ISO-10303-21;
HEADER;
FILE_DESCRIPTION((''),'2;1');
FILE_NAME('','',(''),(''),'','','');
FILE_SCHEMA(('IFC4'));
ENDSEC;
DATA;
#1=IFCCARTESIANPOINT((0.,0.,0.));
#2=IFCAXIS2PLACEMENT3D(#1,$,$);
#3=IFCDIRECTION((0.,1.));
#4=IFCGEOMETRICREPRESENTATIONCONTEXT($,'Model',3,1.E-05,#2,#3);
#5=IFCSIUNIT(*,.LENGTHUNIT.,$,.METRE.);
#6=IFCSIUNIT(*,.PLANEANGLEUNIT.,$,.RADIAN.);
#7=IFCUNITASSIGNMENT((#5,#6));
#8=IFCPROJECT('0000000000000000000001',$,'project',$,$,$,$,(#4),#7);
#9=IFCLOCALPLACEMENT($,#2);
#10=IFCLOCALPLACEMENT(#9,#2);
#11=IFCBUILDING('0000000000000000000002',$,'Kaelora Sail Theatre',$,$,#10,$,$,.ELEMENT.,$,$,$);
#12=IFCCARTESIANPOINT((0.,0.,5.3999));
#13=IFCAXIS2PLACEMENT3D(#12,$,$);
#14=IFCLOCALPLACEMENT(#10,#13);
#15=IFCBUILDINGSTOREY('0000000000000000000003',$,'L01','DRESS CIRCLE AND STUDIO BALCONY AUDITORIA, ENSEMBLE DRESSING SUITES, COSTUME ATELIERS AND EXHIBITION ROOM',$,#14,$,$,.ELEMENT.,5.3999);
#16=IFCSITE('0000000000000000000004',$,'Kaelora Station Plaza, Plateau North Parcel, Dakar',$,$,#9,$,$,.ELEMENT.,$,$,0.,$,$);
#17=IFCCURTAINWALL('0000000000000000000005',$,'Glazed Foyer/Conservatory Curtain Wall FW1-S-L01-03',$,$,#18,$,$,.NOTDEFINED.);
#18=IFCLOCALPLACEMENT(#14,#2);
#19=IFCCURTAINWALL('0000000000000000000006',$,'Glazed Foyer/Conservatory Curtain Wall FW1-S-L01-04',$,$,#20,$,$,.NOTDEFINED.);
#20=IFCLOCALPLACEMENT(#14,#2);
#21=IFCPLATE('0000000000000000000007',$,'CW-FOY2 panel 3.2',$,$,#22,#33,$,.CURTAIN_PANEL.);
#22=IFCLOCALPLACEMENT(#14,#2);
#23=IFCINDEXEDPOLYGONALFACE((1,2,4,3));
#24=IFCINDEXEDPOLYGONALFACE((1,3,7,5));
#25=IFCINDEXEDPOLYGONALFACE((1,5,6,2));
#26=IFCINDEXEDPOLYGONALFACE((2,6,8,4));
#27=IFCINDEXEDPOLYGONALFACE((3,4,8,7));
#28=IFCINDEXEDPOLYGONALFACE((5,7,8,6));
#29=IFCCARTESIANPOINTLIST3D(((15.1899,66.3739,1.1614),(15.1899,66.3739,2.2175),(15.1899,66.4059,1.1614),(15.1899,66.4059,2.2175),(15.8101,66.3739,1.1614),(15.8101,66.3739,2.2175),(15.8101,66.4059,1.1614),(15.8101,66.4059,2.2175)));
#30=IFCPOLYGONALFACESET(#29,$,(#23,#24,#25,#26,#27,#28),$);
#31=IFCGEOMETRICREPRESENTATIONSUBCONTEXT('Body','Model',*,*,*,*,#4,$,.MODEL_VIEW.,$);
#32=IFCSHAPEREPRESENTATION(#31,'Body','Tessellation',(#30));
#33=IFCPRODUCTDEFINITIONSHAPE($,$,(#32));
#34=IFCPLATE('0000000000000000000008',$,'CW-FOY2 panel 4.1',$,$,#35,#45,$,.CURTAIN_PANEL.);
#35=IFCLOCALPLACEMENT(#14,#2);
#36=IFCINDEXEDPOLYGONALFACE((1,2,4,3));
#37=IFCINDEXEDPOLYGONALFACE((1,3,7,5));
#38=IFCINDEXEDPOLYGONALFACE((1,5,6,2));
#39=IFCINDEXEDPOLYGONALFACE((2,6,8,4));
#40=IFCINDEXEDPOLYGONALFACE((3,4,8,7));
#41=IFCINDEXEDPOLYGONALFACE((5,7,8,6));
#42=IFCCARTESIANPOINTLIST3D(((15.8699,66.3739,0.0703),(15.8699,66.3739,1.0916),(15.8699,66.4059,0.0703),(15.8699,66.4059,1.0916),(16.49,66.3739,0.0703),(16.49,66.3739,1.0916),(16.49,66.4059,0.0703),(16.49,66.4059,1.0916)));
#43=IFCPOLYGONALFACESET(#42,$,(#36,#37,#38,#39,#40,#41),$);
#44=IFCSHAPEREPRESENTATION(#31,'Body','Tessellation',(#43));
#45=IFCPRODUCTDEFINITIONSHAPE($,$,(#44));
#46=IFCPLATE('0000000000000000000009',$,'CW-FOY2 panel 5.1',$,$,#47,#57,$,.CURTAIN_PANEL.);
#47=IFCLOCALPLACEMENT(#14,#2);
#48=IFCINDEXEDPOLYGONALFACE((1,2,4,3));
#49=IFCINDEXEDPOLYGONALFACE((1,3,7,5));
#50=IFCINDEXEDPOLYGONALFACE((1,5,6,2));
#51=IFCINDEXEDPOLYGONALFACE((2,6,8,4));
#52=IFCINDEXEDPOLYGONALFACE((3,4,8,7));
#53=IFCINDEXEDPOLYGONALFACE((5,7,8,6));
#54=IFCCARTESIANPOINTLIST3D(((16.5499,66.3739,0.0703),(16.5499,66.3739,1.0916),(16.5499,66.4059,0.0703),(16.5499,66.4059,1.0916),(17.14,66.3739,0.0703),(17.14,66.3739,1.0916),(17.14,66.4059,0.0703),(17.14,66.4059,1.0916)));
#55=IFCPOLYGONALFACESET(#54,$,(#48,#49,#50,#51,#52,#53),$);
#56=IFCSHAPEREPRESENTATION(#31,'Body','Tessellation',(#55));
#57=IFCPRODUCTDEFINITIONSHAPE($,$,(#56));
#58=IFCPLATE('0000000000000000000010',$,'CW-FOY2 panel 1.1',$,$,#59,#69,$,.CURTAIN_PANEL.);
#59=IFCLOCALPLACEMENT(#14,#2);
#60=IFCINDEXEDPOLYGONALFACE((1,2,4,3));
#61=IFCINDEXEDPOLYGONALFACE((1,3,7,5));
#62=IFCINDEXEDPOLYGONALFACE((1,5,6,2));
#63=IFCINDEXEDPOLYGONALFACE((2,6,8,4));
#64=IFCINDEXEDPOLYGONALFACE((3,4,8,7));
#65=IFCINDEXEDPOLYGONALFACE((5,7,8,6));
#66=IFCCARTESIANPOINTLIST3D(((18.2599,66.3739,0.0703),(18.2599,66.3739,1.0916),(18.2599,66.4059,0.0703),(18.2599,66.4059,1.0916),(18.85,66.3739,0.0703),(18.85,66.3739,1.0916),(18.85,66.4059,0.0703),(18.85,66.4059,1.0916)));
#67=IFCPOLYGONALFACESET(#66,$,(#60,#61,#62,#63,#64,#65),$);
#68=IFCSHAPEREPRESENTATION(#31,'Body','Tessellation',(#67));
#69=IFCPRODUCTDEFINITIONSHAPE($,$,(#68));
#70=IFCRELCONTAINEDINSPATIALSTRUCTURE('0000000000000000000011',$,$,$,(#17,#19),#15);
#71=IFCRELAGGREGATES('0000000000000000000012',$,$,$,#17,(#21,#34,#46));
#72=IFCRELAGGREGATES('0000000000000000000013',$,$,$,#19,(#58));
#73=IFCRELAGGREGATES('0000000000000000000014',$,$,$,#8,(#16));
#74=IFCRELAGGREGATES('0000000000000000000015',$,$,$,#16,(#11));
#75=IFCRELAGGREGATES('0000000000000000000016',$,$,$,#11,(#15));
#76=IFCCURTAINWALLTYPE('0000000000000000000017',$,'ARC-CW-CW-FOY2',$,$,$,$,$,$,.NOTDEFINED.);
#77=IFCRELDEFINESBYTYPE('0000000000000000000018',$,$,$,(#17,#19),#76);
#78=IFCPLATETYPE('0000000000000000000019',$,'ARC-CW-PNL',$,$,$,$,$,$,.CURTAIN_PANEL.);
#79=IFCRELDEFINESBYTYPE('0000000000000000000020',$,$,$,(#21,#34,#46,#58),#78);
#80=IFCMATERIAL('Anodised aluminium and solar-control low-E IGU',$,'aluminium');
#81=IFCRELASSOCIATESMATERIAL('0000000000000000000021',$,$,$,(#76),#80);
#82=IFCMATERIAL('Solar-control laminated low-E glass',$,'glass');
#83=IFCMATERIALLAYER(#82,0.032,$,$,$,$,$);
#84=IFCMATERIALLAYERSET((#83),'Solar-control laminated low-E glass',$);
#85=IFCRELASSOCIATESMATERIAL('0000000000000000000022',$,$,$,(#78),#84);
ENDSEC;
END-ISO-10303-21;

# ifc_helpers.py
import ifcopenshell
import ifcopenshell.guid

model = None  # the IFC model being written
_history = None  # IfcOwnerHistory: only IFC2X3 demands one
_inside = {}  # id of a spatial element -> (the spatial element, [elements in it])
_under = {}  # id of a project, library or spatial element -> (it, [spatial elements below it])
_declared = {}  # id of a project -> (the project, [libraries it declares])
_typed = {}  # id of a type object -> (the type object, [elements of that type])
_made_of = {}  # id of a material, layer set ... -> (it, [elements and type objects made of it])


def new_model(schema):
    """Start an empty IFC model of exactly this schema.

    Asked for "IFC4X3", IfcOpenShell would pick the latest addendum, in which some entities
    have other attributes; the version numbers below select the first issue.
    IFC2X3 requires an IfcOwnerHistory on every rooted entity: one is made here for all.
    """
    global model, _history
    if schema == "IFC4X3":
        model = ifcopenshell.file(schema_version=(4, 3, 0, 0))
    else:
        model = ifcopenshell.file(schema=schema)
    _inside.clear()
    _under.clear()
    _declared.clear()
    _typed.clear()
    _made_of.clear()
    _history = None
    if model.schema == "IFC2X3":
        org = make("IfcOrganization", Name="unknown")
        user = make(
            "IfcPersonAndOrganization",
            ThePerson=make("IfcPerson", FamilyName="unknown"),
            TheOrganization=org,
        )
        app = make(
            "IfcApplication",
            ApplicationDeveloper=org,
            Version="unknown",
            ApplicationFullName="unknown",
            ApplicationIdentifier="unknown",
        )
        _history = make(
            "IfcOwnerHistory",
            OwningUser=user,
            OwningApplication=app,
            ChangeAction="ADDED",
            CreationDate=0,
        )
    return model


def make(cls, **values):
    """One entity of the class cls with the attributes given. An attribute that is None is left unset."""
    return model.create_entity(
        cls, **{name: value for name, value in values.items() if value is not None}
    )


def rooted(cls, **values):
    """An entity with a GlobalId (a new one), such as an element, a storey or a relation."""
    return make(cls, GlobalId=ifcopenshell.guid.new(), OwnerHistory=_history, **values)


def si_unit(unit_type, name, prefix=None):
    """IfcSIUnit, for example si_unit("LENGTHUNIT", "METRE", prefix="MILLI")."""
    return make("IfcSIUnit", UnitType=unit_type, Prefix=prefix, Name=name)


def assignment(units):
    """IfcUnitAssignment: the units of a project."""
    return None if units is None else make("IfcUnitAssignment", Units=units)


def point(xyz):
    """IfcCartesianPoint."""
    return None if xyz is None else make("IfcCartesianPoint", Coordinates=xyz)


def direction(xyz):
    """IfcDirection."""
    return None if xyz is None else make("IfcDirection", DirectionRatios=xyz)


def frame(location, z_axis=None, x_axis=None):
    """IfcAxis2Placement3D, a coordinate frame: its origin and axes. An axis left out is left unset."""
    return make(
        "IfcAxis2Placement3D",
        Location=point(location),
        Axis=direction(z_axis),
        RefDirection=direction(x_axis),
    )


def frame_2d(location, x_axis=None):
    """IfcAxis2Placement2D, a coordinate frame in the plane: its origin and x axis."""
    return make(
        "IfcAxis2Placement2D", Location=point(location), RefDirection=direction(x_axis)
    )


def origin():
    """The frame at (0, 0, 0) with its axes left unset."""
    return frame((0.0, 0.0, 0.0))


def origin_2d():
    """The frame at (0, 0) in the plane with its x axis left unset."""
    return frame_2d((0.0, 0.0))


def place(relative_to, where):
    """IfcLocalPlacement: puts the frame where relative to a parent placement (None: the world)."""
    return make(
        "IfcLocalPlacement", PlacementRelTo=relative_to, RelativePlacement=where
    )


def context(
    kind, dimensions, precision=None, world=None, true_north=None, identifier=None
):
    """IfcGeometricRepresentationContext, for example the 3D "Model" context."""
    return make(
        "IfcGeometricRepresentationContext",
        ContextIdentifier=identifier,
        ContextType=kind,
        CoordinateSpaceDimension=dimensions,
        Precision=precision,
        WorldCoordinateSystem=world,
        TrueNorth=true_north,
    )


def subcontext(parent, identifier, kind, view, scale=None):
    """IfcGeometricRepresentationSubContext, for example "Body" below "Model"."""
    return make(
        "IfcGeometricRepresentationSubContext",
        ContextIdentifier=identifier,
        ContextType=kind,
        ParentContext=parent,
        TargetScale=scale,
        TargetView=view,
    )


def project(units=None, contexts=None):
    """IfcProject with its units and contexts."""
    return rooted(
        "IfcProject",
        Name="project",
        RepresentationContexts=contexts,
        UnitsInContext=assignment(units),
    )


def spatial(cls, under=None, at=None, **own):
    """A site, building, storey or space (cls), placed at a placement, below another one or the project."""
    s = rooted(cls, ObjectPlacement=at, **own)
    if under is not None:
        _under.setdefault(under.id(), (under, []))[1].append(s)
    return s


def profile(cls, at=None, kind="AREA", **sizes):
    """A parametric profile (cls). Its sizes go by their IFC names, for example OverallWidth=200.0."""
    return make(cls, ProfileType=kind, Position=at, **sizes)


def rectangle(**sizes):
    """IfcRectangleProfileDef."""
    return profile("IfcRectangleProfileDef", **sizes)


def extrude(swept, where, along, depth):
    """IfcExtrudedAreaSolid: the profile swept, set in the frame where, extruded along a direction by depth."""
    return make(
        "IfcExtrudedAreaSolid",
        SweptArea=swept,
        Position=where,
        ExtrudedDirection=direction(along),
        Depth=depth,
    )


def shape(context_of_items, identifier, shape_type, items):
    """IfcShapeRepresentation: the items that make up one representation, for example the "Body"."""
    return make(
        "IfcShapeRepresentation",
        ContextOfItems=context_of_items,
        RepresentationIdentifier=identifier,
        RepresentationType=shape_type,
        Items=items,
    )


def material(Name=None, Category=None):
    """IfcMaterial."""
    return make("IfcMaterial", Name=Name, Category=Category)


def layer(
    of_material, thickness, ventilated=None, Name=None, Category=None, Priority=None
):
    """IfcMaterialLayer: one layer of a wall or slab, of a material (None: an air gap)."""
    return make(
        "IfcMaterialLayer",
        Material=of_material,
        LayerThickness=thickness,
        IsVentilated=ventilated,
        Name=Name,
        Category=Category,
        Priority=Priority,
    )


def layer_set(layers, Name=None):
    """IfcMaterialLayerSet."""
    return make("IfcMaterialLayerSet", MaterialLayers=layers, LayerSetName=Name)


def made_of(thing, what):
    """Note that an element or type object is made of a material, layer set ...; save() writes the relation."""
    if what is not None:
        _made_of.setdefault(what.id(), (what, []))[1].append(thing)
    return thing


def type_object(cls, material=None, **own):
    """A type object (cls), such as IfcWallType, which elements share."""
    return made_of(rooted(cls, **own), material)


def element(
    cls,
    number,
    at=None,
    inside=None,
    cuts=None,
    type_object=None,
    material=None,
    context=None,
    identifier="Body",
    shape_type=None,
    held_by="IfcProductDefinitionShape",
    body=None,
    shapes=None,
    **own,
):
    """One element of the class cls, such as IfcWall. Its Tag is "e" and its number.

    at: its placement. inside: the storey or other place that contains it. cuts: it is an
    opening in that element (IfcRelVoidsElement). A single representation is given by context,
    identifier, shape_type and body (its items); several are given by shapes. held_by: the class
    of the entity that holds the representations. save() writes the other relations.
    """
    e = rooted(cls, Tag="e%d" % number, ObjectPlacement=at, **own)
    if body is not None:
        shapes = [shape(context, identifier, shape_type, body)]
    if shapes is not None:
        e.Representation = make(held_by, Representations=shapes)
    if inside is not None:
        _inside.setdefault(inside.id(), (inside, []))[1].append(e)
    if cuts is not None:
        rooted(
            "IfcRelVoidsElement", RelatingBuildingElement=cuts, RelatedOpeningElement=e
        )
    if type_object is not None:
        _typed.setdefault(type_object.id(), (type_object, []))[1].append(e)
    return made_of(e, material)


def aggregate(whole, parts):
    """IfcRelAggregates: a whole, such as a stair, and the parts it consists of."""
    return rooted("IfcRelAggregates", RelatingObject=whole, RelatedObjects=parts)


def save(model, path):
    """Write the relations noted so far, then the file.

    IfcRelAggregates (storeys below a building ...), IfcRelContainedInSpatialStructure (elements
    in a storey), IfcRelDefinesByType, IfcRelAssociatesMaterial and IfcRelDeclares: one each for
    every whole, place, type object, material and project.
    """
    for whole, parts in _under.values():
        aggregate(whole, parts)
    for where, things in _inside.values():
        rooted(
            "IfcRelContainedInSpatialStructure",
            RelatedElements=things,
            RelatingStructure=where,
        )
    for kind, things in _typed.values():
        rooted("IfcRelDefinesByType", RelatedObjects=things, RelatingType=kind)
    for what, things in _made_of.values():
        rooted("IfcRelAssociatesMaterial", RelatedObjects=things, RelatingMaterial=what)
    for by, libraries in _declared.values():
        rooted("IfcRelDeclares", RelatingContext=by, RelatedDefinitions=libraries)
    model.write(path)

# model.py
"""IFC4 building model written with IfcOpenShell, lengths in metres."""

from ifc_helpers import new_model, si_unit, direction, frame, origin, origin_2d, place, context, subcontext, project, spatial, rectangle, extrude, material, layer, layer_set, type_object, element, aggregate, save


model = new_model("IFC4")

# Units and contexts
model_context = context("Model", 3, precision=1e-05, world=origin(), true_north=direction((0.0, 1.0)))
body_context = subcontext(model_context, "Body", "Model", "MODEL_VIEW")
ifc_project = project(units=[si_unit("LENGTHUNIT", "METRE"), si_unit("PLANEANGLEUNIT", "RADIAN")], contexts=[model_context])

# Site, building, storey
site_placement = place(None, origin())
site = spatial("IfcSite", under=ifc_project, at=site_placement, Name="Kaelora Station Plaza, Plateau North Parcel, Dakar", CompositionType="ELEMENT", RefElevation=0.0)
building_placement = place(site_placement, origin())
building = spatial("IfcBuilding", under=site, at=building_placement, Name="Kaelora Sail Theatre", CompositionType="ELEMENT")
storey_placement = place(building_placement, frame((0.0, 0.0, 5.3999)))
storey = spatial("IfcBuildingStorey", under=building, at=storey_placement, Name="L01", Description="DRESS CIRCLE AND STUDIO BALCONY AUDITORIA, ENSEMBLE DRESSING SUITES, COSTUME ATELIERS AND EXHIBITION ROOM", CompositionType="ELEMENT", Elevation=5.3999)

# Curtain walls
ifc_material_1 = material(Name="Anodised aluminium and solar-control low-E IGU", Category="aluminium")
curtain_wall_type = type_object("IfcCurtainWallType", Name="ARC-CW-CW-FOY2", PredefinedType="NOTDEFINED", material=ifc_material_1)
curtain_wall_1_placement = place(storey_placement, origin())
curtain_wall_1 = element("IfcCurtainWall", 1, at=curtain_wall_1_placement, inside=storey, type_object=curtain_wall_type, Name="Glazed Foyer/Conservatory Curtain Wall FW1-S-L01-03", PredefinedType="NOTDEFINED")
curtain_wall_2_placement = place(storey_placement, origin())
curtain_wall_2 = element("IfcCurtainWall", 2, at=curtain_wall_2_placement, inside=storey, type_object=curtain_wall_type, Name="Glazed Foyer/Conservatory Curtain Wall FW1-S-L01-04", PredefinedType="NOTDEFINED")

# Plates
ifc_material_2 = material(Name="Solar-control laminated low-E glass", Category="glass")
ifc_layer = layer(ifc_material_2, 0.032)
ifc_layer_set = layer_set([ifc_layer], Name="Solar-control laminated low-E glass")
plate_type = type_object("IfcPlateType", Name="ARC-CW-PNL", PredefinedType="CURTAIN_PANEL", material=ifc_layer_set)
plate_1_placement = place(storey_placement, frame((15.5, 66.3899, 1.1614), z_axis=(0.0, 0.0, 1.0), x_axis=(1.0, 0.0, 0.0)))
plate_1 = element("IfcPlate", 3, at=plate_1_placement, type_object=plate_type, Name="CW-FOY2 panel 3.2", PredefinedType="CURTAIN_PANEL", context=body_context, shape_type="SweptSolid", body=[
    extrude(rectangle(XDim=0.6201, YDim=0.032, at=origin_2d()), origin(), (0.0, 0.0, 1.0), 1.0562),
])
plate_2_placement = place(storey_placement, frame((16.1799, 66.3899, 0.0703), z_axis=(0.0, 0.0, 1.0), x_axis=(1.0, 0.0, 0.0)))
plate_2 = element("IfcPlate", 4, at=plate_2_placement, type_object=plate_type, Name="CW-FOY2 panel 4.1", PredefinedType="CURTAIN_PANEL", context=body_context, shape_type="SweptSolid", body=[
    extrude(rectangle(XDim=0.6201, YDim=0.032, at=origin_2d()), origin(), (0.0, 0.0, 1.0), 1.0212),
])
plate_3_placement = place(storey_placement, frame((16.845, 66.3899, 0.0703), z_axis=(0.0, 0.0, 1.0), x_axis=(1.0, 0.0, 0.0)))
plate_3 = element("IfcPlate", 5, at=plate_3_placement, type_object=plate_type, Name="CW-FOY2 panel 5.1", PredefinedType="CURTAIN_PANEL", context=body_context, shape_type="SweptSolid", body=[
    extrude(rectangle(XDim=0.5901, YDim=0.032, at=origin_2d()), origin(), (0.0, 0.0, 1.0), 1.0212),
])
aggregate(curtain_wall_1, [plate_1, plate_2, plate_3])
plate_4_placement = place(storey_placement, frame((18.5549, 66.3899, 0.0703), z_axis=(0.0, 0.0, 1.0), x_axis=(1.0, 0.0, 0.0)))
plate_4 = element("IfcPlate", 6, at=plate_4_placement, type_object=plate_type, Name="CW-FOY2 panel 1.1", PredefinedType="CURTAIN_PANEL", context=body_context, shape_type="SweptSolid", body=[
    extrude(rectangle(XDim=0.5901, YDim=0.032, at=origin_2d()), origin(), (0.0, 0.0, 1.0), 1.0212),
])
aggregate(curtain_wall_2, [plate_4])

save(model, "model.ifc")
